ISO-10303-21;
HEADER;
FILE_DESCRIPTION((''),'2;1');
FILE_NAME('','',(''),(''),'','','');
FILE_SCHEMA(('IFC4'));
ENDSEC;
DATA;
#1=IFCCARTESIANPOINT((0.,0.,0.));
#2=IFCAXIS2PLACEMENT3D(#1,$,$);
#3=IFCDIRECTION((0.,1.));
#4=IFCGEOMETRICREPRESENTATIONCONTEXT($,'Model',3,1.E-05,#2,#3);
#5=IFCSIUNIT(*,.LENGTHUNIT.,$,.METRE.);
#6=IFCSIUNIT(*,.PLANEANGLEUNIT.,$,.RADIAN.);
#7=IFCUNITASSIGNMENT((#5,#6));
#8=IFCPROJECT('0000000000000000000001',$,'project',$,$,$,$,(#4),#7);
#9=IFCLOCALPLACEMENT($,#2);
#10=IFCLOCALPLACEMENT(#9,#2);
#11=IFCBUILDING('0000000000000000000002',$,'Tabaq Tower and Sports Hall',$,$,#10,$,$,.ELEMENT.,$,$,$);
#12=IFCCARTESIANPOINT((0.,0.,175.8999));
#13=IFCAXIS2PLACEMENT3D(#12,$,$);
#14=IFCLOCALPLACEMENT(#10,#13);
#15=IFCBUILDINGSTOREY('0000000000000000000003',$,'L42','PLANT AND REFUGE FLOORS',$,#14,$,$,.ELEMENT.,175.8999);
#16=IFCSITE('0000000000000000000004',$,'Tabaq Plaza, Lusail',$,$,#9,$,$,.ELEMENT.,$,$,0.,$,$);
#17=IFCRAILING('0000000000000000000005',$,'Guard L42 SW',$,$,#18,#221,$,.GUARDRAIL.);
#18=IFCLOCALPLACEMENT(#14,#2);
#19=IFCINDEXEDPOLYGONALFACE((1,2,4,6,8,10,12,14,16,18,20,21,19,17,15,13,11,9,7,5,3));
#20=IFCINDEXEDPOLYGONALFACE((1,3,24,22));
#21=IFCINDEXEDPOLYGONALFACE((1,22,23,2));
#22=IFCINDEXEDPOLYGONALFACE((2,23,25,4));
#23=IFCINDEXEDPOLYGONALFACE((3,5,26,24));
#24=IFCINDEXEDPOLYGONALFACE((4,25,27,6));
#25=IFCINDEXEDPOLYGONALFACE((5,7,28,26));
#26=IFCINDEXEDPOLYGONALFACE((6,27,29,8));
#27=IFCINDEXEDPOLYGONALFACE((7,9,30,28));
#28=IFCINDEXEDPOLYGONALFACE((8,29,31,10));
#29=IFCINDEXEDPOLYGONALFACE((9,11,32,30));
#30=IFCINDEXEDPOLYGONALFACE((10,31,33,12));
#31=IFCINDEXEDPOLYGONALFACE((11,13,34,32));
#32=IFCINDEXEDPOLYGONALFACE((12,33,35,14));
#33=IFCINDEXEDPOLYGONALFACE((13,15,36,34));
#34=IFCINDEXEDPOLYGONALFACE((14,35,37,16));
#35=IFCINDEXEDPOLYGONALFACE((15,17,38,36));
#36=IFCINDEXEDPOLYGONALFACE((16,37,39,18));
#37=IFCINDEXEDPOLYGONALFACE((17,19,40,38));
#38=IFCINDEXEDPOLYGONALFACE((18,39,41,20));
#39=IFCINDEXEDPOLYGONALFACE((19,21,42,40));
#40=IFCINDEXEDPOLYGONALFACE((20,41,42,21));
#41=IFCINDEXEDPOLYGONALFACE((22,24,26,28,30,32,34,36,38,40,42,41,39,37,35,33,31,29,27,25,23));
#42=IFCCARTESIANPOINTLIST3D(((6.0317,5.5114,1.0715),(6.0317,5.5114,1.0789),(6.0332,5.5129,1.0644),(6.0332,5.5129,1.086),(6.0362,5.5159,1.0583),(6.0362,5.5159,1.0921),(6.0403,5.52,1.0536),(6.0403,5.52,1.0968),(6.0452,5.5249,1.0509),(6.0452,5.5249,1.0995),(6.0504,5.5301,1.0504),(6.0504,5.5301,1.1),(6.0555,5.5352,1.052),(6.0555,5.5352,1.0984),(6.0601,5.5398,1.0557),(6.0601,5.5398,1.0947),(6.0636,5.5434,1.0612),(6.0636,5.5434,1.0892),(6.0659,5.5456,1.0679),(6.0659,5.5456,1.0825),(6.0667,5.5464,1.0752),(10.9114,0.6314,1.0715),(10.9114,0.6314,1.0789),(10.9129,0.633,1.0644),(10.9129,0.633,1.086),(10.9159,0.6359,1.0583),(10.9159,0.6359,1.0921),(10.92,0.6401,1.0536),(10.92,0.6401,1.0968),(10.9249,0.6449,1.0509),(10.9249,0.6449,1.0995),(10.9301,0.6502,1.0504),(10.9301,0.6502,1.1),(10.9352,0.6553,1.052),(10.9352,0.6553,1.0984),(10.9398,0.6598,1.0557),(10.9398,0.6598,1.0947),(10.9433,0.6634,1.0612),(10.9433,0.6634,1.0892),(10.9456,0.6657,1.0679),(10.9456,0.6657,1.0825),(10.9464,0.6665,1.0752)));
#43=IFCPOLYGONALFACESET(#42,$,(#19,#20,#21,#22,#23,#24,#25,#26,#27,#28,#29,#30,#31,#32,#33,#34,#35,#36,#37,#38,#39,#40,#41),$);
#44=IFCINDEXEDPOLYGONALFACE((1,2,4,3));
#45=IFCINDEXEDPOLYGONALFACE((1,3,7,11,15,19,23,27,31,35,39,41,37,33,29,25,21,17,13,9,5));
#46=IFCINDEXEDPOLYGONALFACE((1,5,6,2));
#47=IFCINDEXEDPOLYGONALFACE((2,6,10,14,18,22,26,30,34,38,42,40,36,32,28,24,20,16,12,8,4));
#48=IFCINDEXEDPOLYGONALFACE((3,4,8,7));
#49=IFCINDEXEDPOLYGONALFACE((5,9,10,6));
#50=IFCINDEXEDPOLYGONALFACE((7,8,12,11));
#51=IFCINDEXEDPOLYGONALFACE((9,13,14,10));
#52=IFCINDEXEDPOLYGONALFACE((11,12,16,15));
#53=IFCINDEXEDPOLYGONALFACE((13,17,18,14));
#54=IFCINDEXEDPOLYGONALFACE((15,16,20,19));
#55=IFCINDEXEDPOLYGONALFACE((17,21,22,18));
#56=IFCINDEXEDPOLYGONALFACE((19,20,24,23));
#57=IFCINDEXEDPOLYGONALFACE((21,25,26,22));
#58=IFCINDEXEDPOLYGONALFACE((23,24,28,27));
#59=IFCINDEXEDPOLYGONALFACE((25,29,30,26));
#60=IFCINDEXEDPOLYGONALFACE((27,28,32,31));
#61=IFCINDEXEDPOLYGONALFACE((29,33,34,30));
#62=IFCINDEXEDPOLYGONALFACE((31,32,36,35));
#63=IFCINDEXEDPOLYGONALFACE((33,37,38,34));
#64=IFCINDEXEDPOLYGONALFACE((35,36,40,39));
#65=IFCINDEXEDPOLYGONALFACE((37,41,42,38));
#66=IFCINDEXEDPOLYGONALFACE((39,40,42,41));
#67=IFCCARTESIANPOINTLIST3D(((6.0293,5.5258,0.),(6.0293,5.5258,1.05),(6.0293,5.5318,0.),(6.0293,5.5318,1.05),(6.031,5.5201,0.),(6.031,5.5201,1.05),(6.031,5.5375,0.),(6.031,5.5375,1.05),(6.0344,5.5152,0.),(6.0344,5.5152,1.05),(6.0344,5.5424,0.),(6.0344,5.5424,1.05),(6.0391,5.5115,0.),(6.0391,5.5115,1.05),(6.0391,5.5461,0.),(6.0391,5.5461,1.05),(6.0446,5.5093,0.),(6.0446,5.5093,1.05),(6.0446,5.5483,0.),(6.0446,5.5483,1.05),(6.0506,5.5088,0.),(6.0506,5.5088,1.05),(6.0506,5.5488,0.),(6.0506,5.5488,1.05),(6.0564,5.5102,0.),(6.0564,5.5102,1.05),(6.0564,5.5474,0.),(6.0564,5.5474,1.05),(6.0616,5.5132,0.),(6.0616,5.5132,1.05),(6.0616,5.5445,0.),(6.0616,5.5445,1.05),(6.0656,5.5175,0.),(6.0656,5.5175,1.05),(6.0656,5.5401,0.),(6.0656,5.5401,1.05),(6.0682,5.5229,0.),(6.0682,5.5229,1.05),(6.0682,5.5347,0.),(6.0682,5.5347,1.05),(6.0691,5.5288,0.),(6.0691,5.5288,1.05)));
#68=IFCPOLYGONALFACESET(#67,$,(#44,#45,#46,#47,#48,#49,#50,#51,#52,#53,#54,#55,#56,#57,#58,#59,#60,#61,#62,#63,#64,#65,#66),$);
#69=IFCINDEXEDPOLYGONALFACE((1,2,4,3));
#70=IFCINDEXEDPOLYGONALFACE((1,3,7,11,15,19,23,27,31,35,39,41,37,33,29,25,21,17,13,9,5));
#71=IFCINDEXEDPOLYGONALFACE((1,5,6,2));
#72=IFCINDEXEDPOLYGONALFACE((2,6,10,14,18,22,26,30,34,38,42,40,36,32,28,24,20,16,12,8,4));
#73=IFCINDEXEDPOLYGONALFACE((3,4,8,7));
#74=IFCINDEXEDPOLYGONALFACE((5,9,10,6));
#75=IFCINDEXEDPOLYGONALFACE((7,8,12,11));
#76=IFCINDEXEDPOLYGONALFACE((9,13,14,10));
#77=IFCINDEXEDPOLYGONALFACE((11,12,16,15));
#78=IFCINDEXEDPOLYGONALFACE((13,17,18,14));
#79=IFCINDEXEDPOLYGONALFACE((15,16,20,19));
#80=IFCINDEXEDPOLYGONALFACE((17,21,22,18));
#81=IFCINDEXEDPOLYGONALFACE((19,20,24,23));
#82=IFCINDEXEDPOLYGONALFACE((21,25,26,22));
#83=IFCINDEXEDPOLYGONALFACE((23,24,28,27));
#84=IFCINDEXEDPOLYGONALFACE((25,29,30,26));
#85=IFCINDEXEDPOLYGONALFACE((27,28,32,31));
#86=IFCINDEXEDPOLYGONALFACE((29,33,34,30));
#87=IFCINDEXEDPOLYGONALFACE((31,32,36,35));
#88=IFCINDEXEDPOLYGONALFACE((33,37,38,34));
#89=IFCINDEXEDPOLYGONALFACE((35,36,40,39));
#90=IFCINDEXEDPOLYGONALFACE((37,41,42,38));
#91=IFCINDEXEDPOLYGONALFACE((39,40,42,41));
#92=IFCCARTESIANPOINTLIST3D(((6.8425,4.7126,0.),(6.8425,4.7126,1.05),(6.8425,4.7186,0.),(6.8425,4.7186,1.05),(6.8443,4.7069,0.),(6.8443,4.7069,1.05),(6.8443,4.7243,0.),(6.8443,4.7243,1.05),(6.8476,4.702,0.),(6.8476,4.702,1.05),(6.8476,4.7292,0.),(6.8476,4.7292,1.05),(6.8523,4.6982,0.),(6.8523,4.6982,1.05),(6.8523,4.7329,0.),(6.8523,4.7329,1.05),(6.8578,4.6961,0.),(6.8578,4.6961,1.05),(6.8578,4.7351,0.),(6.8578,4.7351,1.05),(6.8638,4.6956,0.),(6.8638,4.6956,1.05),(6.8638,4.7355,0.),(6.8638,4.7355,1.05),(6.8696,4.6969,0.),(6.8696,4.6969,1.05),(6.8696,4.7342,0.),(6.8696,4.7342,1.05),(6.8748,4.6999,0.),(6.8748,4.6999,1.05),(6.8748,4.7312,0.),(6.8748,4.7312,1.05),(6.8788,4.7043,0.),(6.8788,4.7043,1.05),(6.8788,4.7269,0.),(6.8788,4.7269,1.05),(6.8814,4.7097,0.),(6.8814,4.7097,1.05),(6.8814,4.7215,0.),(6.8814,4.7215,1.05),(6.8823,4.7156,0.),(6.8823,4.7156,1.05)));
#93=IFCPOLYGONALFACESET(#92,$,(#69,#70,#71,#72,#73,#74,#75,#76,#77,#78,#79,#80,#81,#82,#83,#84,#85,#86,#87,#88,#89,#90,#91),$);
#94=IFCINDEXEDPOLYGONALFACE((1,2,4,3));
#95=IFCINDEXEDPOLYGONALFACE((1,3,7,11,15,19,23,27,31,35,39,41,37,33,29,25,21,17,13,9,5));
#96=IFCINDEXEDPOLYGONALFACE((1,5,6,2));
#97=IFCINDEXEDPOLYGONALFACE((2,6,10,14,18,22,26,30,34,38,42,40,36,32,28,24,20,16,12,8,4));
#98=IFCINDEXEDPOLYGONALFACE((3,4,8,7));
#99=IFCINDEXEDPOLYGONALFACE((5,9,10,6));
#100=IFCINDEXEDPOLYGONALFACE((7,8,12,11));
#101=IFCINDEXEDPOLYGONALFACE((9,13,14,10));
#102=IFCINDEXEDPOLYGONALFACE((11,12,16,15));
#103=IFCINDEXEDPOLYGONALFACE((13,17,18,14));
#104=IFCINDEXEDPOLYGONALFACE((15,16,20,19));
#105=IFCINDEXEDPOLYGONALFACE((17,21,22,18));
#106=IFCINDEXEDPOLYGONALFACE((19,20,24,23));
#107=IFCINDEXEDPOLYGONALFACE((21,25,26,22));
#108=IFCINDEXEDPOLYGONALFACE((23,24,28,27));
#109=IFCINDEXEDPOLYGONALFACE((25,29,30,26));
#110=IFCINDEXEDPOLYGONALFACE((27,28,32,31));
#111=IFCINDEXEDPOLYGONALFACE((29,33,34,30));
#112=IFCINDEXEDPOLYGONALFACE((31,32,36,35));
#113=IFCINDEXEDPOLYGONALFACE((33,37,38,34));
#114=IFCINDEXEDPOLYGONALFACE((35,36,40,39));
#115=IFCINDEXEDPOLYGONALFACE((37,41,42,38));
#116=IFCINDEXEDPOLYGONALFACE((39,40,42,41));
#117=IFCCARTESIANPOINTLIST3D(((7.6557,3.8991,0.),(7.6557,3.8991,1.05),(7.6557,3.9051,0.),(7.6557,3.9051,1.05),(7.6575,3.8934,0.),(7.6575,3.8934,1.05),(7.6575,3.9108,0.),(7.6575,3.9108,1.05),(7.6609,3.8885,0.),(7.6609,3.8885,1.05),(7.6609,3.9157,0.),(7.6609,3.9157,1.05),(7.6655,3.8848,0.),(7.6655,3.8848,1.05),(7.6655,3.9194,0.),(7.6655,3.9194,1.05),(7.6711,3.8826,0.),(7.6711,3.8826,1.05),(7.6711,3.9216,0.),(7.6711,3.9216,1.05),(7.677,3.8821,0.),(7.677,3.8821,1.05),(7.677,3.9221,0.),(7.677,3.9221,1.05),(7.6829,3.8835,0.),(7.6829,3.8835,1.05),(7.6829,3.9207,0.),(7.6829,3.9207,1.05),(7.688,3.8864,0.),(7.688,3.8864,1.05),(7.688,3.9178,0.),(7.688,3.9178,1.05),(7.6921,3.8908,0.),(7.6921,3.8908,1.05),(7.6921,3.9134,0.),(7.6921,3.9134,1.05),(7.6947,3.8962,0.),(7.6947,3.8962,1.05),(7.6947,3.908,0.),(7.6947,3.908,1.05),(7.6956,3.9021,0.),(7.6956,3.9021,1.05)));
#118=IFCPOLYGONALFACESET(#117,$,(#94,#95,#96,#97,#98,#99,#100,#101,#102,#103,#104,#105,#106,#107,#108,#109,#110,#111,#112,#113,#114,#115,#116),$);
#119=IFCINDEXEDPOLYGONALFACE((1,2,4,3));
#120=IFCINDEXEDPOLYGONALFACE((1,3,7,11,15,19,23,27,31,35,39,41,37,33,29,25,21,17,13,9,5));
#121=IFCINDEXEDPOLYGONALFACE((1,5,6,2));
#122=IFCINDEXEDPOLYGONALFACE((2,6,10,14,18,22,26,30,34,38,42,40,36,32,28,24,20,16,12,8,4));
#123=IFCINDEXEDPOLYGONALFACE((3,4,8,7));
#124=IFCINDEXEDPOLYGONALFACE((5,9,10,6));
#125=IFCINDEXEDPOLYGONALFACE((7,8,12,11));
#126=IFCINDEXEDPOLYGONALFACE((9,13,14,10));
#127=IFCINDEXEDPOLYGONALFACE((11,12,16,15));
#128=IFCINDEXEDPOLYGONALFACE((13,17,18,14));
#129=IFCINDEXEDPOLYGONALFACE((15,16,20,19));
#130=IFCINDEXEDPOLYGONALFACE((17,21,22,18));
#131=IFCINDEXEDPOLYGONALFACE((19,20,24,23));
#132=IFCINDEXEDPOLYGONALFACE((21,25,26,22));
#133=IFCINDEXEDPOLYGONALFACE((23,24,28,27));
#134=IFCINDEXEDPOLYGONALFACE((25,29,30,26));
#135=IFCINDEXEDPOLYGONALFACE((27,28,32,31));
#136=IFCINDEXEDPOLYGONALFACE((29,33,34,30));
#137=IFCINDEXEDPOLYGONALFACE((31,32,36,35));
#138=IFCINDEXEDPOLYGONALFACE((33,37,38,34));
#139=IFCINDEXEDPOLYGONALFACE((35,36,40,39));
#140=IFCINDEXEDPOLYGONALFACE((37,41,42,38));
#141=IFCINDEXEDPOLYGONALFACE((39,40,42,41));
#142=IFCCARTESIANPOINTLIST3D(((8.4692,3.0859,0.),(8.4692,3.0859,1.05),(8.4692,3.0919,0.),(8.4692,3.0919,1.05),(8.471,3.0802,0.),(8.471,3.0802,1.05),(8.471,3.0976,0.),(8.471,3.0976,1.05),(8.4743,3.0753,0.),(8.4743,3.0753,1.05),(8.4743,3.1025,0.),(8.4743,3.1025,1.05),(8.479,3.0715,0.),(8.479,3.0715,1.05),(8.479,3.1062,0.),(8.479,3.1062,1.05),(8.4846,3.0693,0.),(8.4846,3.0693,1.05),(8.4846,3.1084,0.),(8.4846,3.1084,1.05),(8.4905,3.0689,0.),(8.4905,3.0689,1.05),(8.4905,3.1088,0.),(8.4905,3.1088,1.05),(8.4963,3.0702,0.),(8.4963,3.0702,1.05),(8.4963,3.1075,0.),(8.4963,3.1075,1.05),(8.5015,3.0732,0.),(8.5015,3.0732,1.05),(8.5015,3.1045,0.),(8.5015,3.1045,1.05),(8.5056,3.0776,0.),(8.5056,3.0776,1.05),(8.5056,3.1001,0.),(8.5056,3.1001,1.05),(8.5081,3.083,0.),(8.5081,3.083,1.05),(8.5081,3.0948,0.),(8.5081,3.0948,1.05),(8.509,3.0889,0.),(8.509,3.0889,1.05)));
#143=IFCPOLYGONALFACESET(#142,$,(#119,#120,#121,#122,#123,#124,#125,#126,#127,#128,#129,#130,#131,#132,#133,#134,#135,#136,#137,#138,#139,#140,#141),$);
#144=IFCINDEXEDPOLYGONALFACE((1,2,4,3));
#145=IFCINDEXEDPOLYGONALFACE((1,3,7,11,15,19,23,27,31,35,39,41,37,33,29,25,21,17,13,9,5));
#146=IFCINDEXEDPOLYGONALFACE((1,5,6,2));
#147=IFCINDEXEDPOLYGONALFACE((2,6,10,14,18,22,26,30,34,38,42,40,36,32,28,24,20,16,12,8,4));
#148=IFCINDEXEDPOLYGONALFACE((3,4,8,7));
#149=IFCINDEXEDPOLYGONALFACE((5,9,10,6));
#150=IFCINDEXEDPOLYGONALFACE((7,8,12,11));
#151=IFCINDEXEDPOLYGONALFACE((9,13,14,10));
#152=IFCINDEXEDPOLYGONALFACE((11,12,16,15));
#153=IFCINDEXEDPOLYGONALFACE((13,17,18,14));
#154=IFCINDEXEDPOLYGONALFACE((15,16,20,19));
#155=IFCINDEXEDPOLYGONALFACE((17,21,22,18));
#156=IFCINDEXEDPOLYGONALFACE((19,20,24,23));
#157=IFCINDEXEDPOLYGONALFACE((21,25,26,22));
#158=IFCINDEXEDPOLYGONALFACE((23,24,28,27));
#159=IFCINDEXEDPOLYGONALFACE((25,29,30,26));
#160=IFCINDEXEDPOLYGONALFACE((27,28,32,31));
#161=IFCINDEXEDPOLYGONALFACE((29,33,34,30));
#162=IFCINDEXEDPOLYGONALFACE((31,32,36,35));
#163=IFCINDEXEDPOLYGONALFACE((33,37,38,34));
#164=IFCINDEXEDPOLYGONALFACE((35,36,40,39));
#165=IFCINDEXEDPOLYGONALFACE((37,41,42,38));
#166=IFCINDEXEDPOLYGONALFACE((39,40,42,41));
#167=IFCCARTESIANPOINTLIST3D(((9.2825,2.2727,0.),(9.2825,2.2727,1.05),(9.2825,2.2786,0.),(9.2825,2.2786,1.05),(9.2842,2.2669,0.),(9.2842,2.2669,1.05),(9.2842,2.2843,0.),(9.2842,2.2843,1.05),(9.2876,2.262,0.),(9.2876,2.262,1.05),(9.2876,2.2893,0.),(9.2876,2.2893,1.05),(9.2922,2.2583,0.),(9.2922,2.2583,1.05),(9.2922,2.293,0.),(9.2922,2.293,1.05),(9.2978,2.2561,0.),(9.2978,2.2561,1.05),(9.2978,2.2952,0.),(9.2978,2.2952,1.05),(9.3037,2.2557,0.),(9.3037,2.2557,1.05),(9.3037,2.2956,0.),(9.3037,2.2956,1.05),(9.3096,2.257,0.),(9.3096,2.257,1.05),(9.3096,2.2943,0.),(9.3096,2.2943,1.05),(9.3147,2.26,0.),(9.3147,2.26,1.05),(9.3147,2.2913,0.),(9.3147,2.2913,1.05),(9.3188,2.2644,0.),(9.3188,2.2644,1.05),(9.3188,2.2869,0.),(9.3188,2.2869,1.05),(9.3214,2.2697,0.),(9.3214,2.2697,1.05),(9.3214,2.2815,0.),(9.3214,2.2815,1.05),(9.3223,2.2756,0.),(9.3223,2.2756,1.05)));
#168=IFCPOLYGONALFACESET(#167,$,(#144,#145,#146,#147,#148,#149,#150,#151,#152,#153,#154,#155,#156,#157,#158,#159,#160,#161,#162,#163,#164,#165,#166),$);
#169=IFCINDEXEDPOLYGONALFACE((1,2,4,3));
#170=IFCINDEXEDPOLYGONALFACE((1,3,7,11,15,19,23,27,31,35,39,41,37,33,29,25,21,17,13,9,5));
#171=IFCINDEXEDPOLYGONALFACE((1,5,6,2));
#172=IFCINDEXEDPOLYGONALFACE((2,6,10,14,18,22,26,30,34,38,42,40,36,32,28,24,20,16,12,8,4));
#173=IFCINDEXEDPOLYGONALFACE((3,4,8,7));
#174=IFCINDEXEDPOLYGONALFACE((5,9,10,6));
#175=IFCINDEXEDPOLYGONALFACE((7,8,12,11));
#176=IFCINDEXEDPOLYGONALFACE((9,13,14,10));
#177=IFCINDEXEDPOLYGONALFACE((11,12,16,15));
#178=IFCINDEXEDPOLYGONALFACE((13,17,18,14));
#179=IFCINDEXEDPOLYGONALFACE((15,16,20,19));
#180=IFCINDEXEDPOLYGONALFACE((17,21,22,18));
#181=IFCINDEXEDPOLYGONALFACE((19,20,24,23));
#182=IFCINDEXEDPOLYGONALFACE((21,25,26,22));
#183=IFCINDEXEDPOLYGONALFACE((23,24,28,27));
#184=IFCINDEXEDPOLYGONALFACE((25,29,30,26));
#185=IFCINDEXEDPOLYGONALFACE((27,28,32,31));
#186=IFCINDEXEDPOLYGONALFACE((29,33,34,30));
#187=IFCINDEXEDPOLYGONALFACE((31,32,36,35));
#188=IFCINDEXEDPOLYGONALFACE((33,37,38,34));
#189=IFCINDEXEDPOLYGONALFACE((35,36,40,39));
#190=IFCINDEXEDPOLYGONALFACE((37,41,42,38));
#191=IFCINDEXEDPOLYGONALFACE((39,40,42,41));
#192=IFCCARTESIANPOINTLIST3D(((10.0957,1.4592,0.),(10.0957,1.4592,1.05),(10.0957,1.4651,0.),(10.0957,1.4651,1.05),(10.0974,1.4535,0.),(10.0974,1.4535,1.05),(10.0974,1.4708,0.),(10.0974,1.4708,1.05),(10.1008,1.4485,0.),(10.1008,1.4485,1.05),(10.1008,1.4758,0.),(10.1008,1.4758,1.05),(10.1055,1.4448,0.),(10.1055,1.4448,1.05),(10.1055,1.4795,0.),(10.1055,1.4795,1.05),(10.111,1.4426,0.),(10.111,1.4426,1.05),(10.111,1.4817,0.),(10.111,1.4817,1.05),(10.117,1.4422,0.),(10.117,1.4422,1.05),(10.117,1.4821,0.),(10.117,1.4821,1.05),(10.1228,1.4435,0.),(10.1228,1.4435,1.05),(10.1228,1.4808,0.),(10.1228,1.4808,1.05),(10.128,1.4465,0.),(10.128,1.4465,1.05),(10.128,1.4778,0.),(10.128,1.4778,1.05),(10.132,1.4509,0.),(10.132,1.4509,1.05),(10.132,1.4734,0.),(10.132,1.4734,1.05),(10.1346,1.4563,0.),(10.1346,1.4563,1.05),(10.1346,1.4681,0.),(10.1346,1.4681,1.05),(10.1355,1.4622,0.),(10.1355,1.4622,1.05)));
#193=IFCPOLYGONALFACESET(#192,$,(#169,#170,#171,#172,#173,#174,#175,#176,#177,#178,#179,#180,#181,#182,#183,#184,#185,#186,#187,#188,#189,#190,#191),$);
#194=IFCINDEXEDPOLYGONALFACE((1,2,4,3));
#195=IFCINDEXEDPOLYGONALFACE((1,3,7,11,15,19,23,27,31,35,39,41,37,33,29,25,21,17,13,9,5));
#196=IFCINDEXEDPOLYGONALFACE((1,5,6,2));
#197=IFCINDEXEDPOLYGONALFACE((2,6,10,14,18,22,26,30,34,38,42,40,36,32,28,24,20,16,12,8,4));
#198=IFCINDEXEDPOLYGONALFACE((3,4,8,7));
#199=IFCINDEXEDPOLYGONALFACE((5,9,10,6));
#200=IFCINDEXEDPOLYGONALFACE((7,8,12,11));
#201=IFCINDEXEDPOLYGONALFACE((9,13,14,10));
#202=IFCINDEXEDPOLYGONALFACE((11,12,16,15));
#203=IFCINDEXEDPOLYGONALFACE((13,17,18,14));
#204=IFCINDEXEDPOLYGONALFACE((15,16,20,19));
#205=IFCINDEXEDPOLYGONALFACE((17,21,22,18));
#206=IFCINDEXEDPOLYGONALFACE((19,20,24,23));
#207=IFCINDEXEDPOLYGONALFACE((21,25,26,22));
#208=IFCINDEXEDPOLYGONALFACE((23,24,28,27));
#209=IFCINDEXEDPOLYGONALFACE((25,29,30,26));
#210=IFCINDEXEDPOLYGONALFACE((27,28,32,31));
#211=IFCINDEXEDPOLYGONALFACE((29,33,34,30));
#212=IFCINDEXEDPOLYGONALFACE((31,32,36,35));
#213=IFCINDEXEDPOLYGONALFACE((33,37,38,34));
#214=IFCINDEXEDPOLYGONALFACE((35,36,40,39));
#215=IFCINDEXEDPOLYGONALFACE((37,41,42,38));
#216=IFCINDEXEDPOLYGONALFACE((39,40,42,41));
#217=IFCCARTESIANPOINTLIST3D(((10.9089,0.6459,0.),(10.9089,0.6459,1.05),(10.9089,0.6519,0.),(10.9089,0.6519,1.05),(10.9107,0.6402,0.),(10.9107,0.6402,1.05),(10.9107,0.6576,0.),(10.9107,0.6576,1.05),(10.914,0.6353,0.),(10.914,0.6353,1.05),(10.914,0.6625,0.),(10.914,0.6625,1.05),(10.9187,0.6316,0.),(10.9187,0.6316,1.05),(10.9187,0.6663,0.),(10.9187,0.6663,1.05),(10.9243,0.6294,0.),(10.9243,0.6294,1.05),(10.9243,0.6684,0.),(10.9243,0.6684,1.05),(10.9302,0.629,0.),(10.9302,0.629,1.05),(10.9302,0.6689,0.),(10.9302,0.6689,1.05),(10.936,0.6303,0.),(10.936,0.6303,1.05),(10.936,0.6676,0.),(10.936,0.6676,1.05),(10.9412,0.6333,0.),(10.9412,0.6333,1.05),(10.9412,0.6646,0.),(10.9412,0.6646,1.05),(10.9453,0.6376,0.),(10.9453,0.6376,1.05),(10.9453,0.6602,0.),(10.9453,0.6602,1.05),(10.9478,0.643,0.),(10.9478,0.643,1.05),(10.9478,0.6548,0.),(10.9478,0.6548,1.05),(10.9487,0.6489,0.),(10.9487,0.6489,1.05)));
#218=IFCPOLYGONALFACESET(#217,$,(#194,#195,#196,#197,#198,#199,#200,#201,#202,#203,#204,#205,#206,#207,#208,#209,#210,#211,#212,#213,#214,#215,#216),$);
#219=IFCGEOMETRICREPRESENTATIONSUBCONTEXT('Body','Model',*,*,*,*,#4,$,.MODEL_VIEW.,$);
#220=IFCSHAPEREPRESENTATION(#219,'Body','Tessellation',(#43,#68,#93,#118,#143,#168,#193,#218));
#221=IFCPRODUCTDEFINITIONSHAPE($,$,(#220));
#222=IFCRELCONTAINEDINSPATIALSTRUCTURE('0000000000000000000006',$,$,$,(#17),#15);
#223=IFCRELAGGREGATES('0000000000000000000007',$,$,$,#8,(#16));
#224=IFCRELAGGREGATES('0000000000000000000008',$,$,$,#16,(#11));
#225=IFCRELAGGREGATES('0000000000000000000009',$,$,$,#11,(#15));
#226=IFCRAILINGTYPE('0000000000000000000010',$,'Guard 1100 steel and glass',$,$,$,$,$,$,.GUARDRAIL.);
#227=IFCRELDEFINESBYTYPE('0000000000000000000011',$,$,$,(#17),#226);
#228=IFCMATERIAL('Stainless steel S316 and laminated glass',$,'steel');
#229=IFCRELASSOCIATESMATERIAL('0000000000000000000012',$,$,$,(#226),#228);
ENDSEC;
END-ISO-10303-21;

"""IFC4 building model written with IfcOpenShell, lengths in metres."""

from ifc_helpers import new_model, si_unit, direction, frame, origin, origin_2d, place, context, subcontext, project, spatial, circle, extrude, material, type_object, element, save


model = new_model("IFC4")

# Units and contexts
model_context = context("Model", 3, precision=1e-05, world=origin(), true_north=direction((0.0, 1.0)))
body_context = subcontext(model_context, "Body", "Model", "MODEL_VIEW")
ifc_project = project(units=[si_unit("LENGTHUNIT", "METRE"), si_unit("PLANEANGLEUNIT", "RADIAN")], contexts=[model_context])

# Site, building, storey
site_placement = place(None, origin())
site = spatial("IfcSite", under=ifc_project, at=site_placement, Name="Tabaq Plaza, Lusail", CompositionType="ELEMENT", RefElevation=0.0)
building_placement = place(site_placement, origin())
building = spatial("IfcBuilding", under=site, at=building_placement, Name="Tabaq Tower and Sports Hall", CompositionType="ELEMENT")
storey_placement = place(building_placement, frame((0.0, 0.0, 175.8999)))
storey = spatial("IfcBuildingStorey", under=building, at=storey_placement, Name="L42", Description="PLANT AND REFUGE FLOORS", CompositionType="ELEMENT", Elevation=175.8999)

# Railing
ifc_material_1 = material(Name="Stainless steel S316 and laminated glass", Category="steel")
railing_type_1 = type_object("IfcRailingType", Name="Guard 1100 steel and glass", PredefinedType="GUARDRAIL", material=ifc_material_1)
railing_1_placement = place(storey_placement, frame((6.0491, 5.5288, 0.0)))
element("IfcRailing", 1, at=railing_1_placement, inside=storey, type_object=railing_type_1, Name="Guard L42 SW", PredefinedType="GUARDRAIL", context=body_context, shape_type="SweptSolid", body=[
    extrude(circle(Radius=0.0249, at=origin_2d()), frame((0.0, 0.0, 1.0752), z_axis=(0.707089, -0.707124, 0.0), x_axis=(0.707124, 0.707089, 0.0)), (0.0, 0.0, 1.0), 6.9011),
    extrude(circle(Radius=0.02, at=origin_2d()), origin(), (0.0, 0.0, 1.0), 1.05),
    extrude(circle(Radius=0.02, at=origin_2d()), frame((0.8132, -0.8132, 0.0)), (0.0, 0.0, 1.0), 1.05),
    extrude(circle(Radius=0.02, at=origin_2d()), frame((1.6265, -1.6267, 0.0)), (0.0, 0.0, 1.0), 1.05),
    extrude(circle(Radius=0.02, at=origin_2d()), frame((2.4399, -2.4399, 0.0)), (0.0, 0.0, 1.0), 1.05),
    extrude(circle(Radius=0.02, at=origin_2d()), frame((3.2532, -3.2532, 0.0)), (0.0, 0.0, 1.0), 1.05),
    extrude(circle(Radius=0.02, at=origin_2d()), frame((4.0664, -4.0667, 0.0)), (0.0, 0.0, 1.0), 1.05),
    extrude(circle(Radius=0.02, at=origin_2d()), frame((4.8796, -4.8799, 0.0)), (0.0, 0.0, 1.0), 1.05),
])

save(model, "model.ifc")
